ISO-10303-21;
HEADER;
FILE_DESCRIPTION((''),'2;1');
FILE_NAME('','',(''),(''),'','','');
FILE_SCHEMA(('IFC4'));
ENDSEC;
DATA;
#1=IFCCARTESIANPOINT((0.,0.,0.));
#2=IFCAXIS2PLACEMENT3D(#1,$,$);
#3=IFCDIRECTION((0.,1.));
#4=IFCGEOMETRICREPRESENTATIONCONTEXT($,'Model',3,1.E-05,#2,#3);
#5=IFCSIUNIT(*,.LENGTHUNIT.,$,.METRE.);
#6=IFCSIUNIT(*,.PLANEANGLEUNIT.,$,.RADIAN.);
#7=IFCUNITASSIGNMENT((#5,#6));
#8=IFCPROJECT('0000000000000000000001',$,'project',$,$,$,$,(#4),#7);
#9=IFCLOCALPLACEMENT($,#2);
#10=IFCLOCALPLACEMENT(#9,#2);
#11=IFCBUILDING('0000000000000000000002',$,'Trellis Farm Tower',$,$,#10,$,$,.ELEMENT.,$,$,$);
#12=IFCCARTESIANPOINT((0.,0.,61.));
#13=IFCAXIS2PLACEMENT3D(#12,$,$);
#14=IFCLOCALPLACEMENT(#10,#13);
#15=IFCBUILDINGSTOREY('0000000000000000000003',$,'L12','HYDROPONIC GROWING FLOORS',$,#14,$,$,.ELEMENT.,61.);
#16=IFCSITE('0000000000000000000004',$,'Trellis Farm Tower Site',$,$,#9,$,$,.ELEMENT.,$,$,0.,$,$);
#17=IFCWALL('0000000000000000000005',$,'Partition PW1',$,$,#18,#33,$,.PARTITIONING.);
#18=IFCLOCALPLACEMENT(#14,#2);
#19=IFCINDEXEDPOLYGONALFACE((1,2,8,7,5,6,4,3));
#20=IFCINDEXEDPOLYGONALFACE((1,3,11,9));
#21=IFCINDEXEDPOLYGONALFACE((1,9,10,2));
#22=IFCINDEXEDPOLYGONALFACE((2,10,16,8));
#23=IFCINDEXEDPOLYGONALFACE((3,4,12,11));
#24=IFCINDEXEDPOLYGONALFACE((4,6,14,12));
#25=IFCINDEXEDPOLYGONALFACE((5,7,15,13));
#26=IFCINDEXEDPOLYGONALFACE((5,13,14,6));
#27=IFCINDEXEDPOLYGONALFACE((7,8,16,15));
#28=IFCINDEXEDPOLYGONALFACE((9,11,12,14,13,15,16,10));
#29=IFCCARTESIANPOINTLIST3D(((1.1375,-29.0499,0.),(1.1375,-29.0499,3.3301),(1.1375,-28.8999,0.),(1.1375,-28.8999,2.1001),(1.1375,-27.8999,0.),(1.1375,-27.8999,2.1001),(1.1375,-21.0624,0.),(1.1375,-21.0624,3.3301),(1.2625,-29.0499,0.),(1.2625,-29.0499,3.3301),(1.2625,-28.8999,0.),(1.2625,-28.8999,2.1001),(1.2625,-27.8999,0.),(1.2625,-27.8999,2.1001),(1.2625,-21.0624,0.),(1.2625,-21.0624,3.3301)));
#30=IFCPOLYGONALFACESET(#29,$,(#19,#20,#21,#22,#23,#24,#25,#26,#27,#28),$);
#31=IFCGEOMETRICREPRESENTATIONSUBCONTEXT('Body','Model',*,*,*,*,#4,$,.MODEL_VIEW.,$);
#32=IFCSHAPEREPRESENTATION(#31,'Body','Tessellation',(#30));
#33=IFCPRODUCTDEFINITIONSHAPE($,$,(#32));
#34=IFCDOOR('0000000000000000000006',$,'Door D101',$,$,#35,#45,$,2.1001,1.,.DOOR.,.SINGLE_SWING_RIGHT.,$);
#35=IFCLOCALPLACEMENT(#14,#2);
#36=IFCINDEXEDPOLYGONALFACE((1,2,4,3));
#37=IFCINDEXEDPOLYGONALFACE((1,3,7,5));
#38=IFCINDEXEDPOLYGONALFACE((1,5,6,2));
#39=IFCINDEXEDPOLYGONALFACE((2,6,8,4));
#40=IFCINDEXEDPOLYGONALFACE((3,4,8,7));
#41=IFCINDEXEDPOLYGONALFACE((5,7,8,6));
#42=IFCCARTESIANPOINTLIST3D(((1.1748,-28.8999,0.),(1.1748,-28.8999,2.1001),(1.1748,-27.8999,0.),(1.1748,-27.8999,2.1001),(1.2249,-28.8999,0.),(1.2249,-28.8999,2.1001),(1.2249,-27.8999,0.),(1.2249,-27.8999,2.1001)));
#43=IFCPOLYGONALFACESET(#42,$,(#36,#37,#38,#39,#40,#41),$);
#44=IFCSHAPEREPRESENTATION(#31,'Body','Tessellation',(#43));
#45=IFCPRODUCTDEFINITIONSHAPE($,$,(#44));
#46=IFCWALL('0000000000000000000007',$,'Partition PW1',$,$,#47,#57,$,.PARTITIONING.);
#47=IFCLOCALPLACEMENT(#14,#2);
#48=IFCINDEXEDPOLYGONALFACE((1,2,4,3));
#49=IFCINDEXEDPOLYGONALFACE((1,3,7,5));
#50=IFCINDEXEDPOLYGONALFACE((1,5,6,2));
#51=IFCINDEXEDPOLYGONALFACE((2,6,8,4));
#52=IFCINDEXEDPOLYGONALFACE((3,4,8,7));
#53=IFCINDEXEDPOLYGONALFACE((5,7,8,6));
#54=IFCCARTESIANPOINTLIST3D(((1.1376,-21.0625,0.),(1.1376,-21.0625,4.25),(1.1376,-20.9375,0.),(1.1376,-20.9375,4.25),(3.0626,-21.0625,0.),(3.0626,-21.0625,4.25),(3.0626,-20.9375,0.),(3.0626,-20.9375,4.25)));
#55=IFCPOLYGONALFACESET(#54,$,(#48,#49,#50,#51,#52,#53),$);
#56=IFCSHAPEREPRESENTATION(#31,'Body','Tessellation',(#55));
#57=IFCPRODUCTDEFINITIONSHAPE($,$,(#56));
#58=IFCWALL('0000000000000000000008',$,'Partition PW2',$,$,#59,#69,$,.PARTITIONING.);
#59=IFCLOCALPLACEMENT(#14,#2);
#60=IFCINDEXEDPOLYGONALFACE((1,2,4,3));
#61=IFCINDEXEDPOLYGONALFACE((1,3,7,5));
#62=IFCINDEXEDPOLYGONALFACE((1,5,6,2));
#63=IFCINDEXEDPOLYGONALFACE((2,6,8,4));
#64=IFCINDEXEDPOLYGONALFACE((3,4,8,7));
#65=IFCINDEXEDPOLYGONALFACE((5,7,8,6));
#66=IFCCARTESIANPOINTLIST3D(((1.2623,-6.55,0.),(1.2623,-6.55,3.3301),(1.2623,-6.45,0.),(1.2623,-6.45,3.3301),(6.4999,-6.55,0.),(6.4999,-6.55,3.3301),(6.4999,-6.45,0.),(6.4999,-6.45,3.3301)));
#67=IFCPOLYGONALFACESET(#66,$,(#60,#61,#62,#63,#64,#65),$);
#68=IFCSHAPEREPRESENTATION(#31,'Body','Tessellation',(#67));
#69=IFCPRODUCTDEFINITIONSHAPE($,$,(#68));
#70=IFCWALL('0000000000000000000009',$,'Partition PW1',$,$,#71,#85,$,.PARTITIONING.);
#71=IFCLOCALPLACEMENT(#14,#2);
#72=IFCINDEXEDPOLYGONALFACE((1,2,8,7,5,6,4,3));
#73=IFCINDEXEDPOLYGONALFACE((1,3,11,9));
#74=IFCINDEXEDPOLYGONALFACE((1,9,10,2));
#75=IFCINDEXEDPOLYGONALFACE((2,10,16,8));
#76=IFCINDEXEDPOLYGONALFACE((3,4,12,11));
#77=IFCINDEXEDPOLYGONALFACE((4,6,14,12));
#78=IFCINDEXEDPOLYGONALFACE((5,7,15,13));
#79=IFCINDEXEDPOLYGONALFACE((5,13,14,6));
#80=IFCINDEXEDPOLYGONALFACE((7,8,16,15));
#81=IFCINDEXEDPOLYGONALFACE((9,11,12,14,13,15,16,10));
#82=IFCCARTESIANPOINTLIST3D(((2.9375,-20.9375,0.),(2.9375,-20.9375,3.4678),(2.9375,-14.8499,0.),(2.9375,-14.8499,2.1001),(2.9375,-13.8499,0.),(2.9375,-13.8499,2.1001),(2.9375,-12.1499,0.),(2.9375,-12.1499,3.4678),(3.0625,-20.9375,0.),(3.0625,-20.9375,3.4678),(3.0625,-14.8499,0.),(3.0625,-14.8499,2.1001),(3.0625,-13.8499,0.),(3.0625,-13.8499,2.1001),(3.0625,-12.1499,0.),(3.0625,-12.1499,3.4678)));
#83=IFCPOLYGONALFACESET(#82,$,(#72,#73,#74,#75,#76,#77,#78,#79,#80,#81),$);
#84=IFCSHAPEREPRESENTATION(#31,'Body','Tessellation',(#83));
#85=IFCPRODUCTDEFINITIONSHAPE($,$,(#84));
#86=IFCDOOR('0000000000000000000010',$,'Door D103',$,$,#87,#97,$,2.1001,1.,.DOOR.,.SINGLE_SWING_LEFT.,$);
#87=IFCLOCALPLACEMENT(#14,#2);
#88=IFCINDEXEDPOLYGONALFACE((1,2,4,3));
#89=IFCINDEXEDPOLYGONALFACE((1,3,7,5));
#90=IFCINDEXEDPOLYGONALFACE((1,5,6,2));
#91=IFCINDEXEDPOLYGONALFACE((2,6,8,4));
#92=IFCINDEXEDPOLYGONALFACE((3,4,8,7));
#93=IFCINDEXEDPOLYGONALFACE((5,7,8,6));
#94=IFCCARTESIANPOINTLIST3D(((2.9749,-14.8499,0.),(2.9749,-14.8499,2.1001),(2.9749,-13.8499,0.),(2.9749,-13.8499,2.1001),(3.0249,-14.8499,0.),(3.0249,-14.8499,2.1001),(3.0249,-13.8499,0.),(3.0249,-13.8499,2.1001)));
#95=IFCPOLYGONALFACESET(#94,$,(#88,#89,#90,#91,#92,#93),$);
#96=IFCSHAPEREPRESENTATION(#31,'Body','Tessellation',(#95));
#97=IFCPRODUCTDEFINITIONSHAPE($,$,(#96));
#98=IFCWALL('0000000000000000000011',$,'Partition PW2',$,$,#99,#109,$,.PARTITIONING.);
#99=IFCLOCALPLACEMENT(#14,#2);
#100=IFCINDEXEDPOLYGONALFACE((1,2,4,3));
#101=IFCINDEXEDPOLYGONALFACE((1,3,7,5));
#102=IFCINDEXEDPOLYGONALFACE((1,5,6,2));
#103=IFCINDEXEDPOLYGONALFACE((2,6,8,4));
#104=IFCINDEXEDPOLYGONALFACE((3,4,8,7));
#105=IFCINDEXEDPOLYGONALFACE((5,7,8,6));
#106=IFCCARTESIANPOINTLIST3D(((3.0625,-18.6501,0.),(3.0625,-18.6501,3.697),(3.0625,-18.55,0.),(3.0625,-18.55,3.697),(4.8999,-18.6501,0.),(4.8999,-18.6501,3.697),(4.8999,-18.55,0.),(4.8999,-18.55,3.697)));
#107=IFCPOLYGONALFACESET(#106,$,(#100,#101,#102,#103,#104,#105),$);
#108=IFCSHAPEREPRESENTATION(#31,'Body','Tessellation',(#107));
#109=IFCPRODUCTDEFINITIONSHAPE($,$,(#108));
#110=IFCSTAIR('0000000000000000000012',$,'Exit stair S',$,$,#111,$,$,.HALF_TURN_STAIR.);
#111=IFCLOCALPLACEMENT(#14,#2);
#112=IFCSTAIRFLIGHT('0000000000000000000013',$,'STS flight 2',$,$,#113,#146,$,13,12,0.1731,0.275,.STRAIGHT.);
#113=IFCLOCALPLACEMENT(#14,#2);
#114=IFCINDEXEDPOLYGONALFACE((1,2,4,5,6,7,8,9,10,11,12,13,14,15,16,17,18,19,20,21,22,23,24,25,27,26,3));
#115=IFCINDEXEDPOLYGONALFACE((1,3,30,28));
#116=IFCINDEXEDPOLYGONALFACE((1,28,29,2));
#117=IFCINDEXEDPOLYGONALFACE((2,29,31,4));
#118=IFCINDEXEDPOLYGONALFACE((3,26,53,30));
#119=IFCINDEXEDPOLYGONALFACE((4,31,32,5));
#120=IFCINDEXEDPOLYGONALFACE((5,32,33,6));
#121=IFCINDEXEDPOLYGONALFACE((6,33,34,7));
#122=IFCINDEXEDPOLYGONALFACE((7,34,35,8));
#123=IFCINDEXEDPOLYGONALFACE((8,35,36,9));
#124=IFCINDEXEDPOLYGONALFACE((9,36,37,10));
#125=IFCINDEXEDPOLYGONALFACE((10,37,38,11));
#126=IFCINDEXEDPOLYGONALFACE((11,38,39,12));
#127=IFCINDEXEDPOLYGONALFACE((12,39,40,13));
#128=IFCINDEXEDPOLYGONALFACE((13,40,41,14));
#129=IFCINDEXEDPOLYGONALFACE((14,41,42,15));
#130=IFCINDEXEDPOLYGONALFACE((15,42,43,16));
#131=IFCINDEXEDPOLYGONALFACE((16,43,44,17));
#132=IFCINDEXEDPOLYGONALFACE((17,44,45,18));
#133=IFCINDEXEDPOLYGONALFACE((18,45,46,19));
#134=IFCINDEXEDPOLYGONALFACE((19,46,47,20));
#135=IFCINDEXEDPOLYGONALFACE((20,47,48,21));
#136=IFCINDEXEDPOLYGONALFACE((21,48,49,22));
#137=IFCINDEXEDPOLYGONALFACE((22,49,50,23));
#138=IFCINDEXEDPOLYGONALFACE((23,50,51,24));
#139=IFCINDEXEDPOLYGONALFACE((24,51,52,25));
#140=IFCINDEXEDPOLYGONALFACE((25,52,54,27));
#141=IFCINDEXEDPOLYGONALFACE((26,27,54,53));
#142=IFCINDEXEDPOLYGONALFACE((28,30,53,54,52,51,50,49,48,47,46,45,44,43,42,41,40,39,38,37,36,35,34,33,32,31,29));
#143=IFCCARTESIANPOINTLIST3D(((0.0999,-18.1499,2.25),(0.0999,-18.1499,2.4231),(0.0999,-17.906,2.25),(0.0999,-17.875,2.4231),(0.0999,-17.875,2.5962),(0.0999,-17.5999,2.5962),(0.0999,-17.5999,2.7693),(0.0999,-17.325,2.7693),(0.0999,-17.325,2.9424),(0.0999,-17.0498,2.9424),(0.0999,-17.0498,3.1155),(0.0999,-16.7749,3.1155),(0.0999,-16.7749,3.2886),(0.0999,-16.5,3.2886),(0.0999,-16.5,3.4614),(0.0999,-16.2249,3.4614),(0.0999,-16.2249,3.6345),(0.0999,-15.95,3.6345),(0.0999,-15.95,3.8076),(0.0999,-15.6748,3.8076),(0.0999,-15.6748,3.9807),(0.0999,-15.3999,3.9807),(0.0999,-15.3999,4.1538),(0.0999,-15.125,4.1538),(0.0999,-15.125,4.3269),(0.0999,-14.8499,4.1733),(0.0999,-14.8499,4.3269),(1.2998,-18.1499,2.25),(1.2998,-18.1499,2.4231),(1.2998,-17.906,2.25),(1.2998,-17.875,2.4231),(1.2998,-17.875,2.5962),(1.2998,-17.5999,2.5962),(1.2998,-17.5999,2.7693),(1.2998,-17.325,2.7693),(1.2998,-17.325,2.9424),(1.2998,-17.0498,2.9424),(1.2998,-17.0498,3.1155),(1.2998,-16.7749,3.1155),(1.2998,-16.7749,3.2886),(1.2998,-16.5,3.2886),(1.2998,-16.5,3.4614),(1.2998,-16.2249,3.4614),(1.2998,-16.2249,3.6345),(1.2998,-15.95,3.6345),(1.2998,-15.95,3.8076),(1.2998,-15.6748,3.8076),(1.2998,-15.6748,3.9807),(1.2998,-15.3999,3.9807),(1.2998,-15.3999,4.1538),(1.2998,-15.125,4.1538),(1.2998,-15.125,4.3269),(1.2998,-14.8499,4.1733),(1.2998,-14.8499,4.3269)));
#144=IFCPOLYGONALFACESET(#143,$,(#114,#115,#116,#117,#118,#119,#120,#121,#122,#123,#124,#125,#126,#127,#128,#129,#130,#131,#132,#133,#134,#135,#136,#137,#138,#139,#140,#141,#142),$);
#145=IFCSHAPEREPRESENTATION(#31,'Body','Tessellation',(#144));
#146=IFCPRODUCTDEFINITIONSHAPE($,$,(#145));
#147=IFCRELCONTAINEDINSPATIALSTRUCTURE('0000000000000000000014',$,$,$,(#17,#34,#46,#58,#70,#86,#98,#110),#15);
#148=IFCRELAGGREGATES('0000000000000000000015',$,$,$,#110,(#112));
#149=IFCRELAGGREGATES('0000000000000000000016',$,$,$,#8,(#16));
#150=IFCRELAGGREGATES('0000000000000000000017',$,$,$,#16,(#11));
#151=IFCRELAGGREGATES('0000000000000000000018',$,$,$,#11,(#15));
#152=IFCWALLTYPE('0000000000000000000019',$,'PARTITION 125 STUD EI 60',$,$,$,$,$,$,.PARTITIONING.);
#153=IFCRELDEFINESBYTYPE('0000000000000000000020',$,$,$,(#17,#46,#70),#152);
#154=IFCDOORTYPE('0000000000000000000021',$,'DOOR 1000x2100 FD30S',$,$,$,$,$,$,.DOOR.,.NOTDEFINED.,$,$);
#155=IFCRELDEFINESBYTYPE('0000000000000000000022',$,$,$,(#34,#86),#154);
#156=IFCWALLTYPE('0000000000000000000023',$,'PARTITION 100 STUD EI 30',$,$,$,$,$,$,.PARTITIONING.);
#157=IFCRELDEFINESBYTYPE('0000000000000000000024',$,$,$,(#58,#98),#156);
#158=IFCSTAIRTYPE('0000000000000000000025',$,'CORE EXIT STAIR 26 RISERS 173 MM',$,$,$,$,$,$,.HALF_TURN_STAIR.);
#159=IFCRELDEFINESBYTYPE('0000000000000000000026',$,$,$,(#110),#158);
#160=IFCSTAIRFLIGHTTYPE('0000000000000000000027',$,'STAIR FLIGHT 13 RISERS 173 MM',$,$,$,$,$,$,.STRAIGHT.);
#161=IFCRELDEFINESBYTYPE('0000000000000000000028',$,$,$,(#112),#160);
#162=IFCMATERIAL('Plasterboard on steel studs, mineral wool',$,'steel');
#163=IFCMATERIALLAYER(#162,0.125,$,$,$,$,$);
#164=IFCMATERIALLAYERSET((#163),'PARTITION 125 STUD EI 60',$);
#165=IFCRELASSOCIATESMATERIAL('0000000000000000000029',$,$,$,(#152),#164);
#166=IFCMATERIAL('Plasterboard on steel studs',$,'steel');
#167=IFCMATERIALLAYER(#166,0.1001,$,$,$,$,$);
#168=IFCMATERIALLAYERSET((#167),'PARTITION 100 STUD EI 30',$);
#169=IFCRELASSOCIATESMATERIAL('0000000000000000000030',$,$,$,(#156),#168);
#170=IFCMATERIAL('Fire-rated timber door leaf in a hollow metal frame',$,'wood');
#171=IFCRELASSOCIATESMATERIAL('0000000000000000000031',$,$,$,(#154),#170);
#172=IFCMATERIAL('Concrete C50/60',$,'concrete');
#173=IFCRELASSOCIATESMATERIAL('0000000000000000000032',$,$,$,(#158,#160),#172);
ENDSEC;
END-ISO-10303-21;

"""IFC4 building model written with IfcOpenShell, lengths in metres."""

from ifc_helpers import new_model, si_unit, direction, frame, frame_2d, origin, place, context, subcontext, project, spatial, polyline, rectangle, outline, extrude, source, transform, mapped, material, layer, layer_set, type_object, element, fill, aggregate, save


model = new_model("IFC4")

# Units and contexts
model_context = context("Model", 3, precision=1e-05, world=origin(), true_north=direction((0.0, 1.0)))
body_context = subcontext(model_context, "Body", "Model", "MODEL_VIEW")
ifc_project = project(units=[si_unit("LENGTHUNIT", "METRE"), si_unit("PLANEANGLEUNIT", "RADIAN")], contexts=[model_context])

# Site, building, storey
site_placement = place(None, origin())
site = spatial("IfcSite", under=ifc_project, at=site_placement, Name="Trellis Farm Tower Site", CompositionType="ELEMENT", RefElevation=0.0)
building_placement = place(site_placement, origin())
building = spatial("IfcBuilding", under=site, at=building_placement, Name="Trellis Farm Tower", CompositionType="ELEMENT")
storey_placement = place(building_placement, frame((0.0, 0.0, 61.0)))
storey = spatial("IfcBuildingStorey", under=building, at=storey_placement, Name="L12", Description="HYDROPONIC GROWING FLOORS", CompositionType="ELEMENT", Elevation=61.0)

# Shared definitions
placement = place(storey_placement, origin())

# Shared definitions
ifc_material_1 = material(Name="Plasterboard on steel studs, mineral wool", Category="steel")
ifc_layer_1 = layer(ifc_material_1, 0.125)
ifc_layer_set_1 = layer_set([ifc_layer_1], Name="PARTITION 125 STUD EI 60")
wall_type_1 = type_object("IfcWallType", Name="PARTITION 125 STUD EI 60", PredefinedType="PARTITIONING", material=ifc_layer_set_1)

# Shared definitions
ifc_material_2 = material(Name="Fire-rated timber door leaf in a hollow metal frame", Category="wood")

# Shared definitions
ifc_material_3 = material(Name="Plasterboard on steel studs", Category="steel")
ifc_layer_2 = layer(ifc_material_3, 0.1001)
ifc_layer_set_2 = layer_set([ifc_layer_2], Name="PARTITION 100 STUD EI 30")
wall_type_2 = type_object("IfcWallType", Name="PARTITION 100 STUD EI 30", PredefinedType="PARTITIONING", material=ifc_layer_set_2)

# Wall, opening, door
shared_shape_1 = source(origin(), body_context, "Body", "SweptSolid", [
    extrude(rectangle(XDim=7.9875, YDim=0.125, at=frame_2d((3.9937, 0.0))), origin(), (0.0, 0.0, 1.0), 3.3301),
])
wall_1_placement = place(storey_placement, frame((1.2, -21.0625, 0.0), z_axis=(0.0, 0.0, 1.0), x_axis=(0.0, -1.0, 0.0)))
wall_1 = element("IfcWall", 1, at=wall_1_placement, inside=storey, type_object=wall_type_1, Name="Partition PW1", PredefinedType="PARTITIONING", context=body_context, shape_type="MappedRepresentation", body=[
    mapped(shared_shape_1, transform((0.0, 0.0, 0.0))),
])
shared_shape_2 = source(origin(), body_context, "Body", "SweptSolid", [
    extrude(rectangle(XDim=1.0, YDim=2.1001, at=frame_2d((0.5, 1.05))), frame((0.0, 0.0725, 0.0), z_axis=(0.0, -1.0, 0.0), x_axis=(1.0, 0.0, 0.0)), (0.0, 0.0, 1.0), 0.145),
])
opening_1_placement = place(wall_1_placement, frame((6.8374, 0.0, 0.0)))
opening_1 = element("IfcOpeningElement", 2, at=opening_1_placement, cuts=wall_1, PredefinedType="OPENING", context=body_context, shape_type="MappedRepresentation", body=[
    mapped(shared_shape_2, transform((0.0, 0.0, 0.0))),
])
door_type_1 = type_object("IfcDoorType", Name="DOOR 1000x2100 FD30S", OperationType="NOTDEFINED", PredefinedType="DOOR", material=ifc_material_2)
shared_shape_3 = source(origin(), body_context, "Body", "SweptSolid", [
    extrude(rectangle(XDim=1.0, YDim=2.1001, at=frame_2d((0.5, 1.05))), frame((0.0, 0.0249, 0.0), z_axis=(0.0, -1.0, 0.0), x_axis=(1.0, 0.0, 0.0)), (0.0, 0.0, 1.0), 0.05),
])
door_1_placement = place(opening_1_placement, origin())
door_1 = element("IfcDoor", 3, at=door_1_placement, inside=storey, type_object=door_type_1, Name="Door D101", OperationType="SINGLE_SWING_RIGHT", OverallHeight=2.1001, OverallWidth=1.0, PredefinedType="DOOR", context=body_context, shape_type="MappedRepresentation", body=[
    mapped(shared_shape_3, transform((0.0, 0.0, 0.0))),
])
fill(opening_1, door_1)

# Walls
shared_shape_4 = source(origin(), body_context, "Body", "SweptSolid", [
    extrude(rectangle(XDim=1.925, YDim=0.125, at=frame_2d((0.9624, 0.0))), origin(), (0.0, 0.0, 1.0), 4.25),
])
wall_2_placement = place(storey_placement, frame((3.0625, -21.0, 0.0), z_axis=(0.0, 0.0, 1.0), x_axis=(-1.0, 0.0, 0.0)))
element("IfcWall", 4, at=wall_2_placement, inside=storey, type_object=wall_type_1, Name="Partition PW1", PredefinedType="PARTITIONING", context=body_context, shape_type="MappedRepresentation", body=[
    mapped(shared_shape_4, transform((0.0, 0.0, 0.0))),
])
shared_shape_5 = source(origin(), body_context, "Body", "SweptSolid", [
    extrude(rectangle(XDim=5.2375, YDim=0.1001, at=frame_2d((2.6187, 0.0))), origin(), (0.0, 0.0, 1.0), 3.3301),
])
wall_3_placement = place(storey_placement, frame((1.2625, -6.5, 0.0), z_axis=(0.0, 0.0, 1.0), x_axis=(1.0, 0.0, 0.0)))
element("IfcWall", 5, at=wall_3_placement, inside=storey, type_object=wall_type_2, Name="Partition PW2", PredefinedType="PARTITIONING", context=body_context, shape_type="MappedRepresentation", body=[
    mapped(shared_shape_5, transform((0.0, 0.0, 0.0))),
])

# Wall, opening, door
shared_shape_6 = source(origin(), body_context, "Body", "SweptSolid", [
    extrude(rectangle(XDim=8.7876, YDim=0.125, at=frame_2d((4.3938, 0.0))), origin(), (0.0, 0.0, 1.0), 3.4678),
])
wall_4_placement = place(storey_placement, frame((3.0, -12.1499, 0.0), z_axis=(0.0, 0.0, 1.0), x_axis=(0.0, -1.0, 0.0)))
wall_4 = element("IfcWall", 6, at=wall_4_placement, inside=storey, type_object=wall_type_1, Name="Partition PW1", PredefinedType="PARTITIONING", context=body_context, shape_type="MappedRepresentation", body=[
    mapped(shared_shape_6, transform((0.0, 0.0, 0.0))),
])
opening_2_placement = place(wall_4_placement, frame((1.7, 0.0, 0.0)))
opening_2 = element("IfcOpeningElement", 7, at=opening_2_placement, cuts=wall_4, PredefinedType="OPENING", context=body_context, shape_type="MappedRepresentation", body=[
    mapped(shared_shape_2, transform((0.0, 0.0, 0.0))),
])
door_2_placement = place(opening_2_placement, origin())
door_2 = element("IfcDoor", 8, at=door_2_placement, inside=storey, type_object=door_type_1, Name="Door D103", OperationType="SINGLE_SWING_LEFT", OverallHeight=2.1001, OverallWidth=1.0, PredefinedType="DOOR", context=body_context, shape_type="MappedRepresentation", body=[
    mapped(shared_shape_3, transform((0.0, 0.0, 0.0))),
])
fill(opening_2, door_2)

# Wall
shared_shape_7 = source(origin(), body_context, "Body", "SweptSolid", [
    extrude(rectangle(XDim=1.8374, YDim=0.1001, at=frame_2d((0.9187, 0.0))), origin(), (0.0, 0.0, 1.0), 3.697),
])
wall_5_placement = place(storey_placement, frame((3.0625, -18.6001, 0.0), z_axis=(0.0, 0.0, 1.0), x_axis=(1.0, 0.0, 0.0)))
element("IfcWall", 9, at=wall_5_placement, inside=storey, type_object=wall_type_2, Name="Partition PW2", PredefinedType="PARTITIONING", context=body_context, shape_type="MappedRepresentation", body=[
    mapped(shared_shape_7, transform((0.0, 0.0, 0.0))),
])

# Stair, stair flight
ifc_material_4 = material(Name="Concrete C50/60", Category="concrete")
stair_type = type_object("IfcStairType", Name="CORE EXIT STAIR 26 RISERS 173 MM", PredefinedType="HALF_TURN_STAIR", material=ifc_material_4)
stair = element("IfcStair", 10, at=placement, inside=storey, type_object=stair_type, Name="Exit stair S", PredefinedType="HALF_TURN_STAIR")
stair_flight_type = type_object("IfcStairFlightType", Name="STAIR FLIGHT 13 RISERS 173 MM", PredefinedType="STRAIGHT", material=ifc_material_4)
shared_shape_8 = source(origin(), body_context, "Body", "SweptSolid", [
    extrude(outline(polyline([(0.0, 0.0), (0.0, 0.1731), (0.2749, 0.1731), (0.2749, 0.3462), (0.55, 0.3462), (0.55, 0.5193), (0.825, 0.5193), (0.825, 0.6924), (1.1001, 0.6924), (1.1001, 0.8655), (1.375, 0.8655), (1.375, 1.0386), (1.6499, 1.0386), (1.6499, 1.2114), (1.925, 1.2114), (1.925, 1.3845), (2.2, 1.3845), (2.2, 1.5576), (2.4751, 1.5576), (2.4751, 1.7307), (2.75, 1.7307), (2.75, 1.9038), (3.0249, 1.9038), (3.0249, 2.0769), (3.3, 2.0769), (3.3, 2.25), (3.3, 1.9233), (0.2439, 0.0), (0.0, 0.0)])), frame((0.0, 0.6001, 0.0), z_axis=(0.0, -1.0, 0.0), x_axis=(1.0, 0.0, 0.0)), (0.0, 0.0, 1.0), 1.2),
])
stair_flight_placement = place(storey_placement, frame((0.7, -18.1499, 2.25), z_axis=(0.0, 0.0, 1.0), x_axis=(0.0, 1.0, 0.0)))
stair_flight = element("IfcStairFlight", 11, at=stair_flight_placement, type_object=stair_flight_type, Name="STS flight 2", NumberOfRisers=13, NumberOfTreads=12, PredefinedType="STRAIGHT", RiserHeight=0.1731, TreadLength=0.275, context=body_context, shape_type="MappedRepresentation", body=[
    mapped(shared_shape_8, transform((0.0, 0.0, 0.0))),
])
aggregate(stair, [stair_flight])

save(model, "model.ifc")
